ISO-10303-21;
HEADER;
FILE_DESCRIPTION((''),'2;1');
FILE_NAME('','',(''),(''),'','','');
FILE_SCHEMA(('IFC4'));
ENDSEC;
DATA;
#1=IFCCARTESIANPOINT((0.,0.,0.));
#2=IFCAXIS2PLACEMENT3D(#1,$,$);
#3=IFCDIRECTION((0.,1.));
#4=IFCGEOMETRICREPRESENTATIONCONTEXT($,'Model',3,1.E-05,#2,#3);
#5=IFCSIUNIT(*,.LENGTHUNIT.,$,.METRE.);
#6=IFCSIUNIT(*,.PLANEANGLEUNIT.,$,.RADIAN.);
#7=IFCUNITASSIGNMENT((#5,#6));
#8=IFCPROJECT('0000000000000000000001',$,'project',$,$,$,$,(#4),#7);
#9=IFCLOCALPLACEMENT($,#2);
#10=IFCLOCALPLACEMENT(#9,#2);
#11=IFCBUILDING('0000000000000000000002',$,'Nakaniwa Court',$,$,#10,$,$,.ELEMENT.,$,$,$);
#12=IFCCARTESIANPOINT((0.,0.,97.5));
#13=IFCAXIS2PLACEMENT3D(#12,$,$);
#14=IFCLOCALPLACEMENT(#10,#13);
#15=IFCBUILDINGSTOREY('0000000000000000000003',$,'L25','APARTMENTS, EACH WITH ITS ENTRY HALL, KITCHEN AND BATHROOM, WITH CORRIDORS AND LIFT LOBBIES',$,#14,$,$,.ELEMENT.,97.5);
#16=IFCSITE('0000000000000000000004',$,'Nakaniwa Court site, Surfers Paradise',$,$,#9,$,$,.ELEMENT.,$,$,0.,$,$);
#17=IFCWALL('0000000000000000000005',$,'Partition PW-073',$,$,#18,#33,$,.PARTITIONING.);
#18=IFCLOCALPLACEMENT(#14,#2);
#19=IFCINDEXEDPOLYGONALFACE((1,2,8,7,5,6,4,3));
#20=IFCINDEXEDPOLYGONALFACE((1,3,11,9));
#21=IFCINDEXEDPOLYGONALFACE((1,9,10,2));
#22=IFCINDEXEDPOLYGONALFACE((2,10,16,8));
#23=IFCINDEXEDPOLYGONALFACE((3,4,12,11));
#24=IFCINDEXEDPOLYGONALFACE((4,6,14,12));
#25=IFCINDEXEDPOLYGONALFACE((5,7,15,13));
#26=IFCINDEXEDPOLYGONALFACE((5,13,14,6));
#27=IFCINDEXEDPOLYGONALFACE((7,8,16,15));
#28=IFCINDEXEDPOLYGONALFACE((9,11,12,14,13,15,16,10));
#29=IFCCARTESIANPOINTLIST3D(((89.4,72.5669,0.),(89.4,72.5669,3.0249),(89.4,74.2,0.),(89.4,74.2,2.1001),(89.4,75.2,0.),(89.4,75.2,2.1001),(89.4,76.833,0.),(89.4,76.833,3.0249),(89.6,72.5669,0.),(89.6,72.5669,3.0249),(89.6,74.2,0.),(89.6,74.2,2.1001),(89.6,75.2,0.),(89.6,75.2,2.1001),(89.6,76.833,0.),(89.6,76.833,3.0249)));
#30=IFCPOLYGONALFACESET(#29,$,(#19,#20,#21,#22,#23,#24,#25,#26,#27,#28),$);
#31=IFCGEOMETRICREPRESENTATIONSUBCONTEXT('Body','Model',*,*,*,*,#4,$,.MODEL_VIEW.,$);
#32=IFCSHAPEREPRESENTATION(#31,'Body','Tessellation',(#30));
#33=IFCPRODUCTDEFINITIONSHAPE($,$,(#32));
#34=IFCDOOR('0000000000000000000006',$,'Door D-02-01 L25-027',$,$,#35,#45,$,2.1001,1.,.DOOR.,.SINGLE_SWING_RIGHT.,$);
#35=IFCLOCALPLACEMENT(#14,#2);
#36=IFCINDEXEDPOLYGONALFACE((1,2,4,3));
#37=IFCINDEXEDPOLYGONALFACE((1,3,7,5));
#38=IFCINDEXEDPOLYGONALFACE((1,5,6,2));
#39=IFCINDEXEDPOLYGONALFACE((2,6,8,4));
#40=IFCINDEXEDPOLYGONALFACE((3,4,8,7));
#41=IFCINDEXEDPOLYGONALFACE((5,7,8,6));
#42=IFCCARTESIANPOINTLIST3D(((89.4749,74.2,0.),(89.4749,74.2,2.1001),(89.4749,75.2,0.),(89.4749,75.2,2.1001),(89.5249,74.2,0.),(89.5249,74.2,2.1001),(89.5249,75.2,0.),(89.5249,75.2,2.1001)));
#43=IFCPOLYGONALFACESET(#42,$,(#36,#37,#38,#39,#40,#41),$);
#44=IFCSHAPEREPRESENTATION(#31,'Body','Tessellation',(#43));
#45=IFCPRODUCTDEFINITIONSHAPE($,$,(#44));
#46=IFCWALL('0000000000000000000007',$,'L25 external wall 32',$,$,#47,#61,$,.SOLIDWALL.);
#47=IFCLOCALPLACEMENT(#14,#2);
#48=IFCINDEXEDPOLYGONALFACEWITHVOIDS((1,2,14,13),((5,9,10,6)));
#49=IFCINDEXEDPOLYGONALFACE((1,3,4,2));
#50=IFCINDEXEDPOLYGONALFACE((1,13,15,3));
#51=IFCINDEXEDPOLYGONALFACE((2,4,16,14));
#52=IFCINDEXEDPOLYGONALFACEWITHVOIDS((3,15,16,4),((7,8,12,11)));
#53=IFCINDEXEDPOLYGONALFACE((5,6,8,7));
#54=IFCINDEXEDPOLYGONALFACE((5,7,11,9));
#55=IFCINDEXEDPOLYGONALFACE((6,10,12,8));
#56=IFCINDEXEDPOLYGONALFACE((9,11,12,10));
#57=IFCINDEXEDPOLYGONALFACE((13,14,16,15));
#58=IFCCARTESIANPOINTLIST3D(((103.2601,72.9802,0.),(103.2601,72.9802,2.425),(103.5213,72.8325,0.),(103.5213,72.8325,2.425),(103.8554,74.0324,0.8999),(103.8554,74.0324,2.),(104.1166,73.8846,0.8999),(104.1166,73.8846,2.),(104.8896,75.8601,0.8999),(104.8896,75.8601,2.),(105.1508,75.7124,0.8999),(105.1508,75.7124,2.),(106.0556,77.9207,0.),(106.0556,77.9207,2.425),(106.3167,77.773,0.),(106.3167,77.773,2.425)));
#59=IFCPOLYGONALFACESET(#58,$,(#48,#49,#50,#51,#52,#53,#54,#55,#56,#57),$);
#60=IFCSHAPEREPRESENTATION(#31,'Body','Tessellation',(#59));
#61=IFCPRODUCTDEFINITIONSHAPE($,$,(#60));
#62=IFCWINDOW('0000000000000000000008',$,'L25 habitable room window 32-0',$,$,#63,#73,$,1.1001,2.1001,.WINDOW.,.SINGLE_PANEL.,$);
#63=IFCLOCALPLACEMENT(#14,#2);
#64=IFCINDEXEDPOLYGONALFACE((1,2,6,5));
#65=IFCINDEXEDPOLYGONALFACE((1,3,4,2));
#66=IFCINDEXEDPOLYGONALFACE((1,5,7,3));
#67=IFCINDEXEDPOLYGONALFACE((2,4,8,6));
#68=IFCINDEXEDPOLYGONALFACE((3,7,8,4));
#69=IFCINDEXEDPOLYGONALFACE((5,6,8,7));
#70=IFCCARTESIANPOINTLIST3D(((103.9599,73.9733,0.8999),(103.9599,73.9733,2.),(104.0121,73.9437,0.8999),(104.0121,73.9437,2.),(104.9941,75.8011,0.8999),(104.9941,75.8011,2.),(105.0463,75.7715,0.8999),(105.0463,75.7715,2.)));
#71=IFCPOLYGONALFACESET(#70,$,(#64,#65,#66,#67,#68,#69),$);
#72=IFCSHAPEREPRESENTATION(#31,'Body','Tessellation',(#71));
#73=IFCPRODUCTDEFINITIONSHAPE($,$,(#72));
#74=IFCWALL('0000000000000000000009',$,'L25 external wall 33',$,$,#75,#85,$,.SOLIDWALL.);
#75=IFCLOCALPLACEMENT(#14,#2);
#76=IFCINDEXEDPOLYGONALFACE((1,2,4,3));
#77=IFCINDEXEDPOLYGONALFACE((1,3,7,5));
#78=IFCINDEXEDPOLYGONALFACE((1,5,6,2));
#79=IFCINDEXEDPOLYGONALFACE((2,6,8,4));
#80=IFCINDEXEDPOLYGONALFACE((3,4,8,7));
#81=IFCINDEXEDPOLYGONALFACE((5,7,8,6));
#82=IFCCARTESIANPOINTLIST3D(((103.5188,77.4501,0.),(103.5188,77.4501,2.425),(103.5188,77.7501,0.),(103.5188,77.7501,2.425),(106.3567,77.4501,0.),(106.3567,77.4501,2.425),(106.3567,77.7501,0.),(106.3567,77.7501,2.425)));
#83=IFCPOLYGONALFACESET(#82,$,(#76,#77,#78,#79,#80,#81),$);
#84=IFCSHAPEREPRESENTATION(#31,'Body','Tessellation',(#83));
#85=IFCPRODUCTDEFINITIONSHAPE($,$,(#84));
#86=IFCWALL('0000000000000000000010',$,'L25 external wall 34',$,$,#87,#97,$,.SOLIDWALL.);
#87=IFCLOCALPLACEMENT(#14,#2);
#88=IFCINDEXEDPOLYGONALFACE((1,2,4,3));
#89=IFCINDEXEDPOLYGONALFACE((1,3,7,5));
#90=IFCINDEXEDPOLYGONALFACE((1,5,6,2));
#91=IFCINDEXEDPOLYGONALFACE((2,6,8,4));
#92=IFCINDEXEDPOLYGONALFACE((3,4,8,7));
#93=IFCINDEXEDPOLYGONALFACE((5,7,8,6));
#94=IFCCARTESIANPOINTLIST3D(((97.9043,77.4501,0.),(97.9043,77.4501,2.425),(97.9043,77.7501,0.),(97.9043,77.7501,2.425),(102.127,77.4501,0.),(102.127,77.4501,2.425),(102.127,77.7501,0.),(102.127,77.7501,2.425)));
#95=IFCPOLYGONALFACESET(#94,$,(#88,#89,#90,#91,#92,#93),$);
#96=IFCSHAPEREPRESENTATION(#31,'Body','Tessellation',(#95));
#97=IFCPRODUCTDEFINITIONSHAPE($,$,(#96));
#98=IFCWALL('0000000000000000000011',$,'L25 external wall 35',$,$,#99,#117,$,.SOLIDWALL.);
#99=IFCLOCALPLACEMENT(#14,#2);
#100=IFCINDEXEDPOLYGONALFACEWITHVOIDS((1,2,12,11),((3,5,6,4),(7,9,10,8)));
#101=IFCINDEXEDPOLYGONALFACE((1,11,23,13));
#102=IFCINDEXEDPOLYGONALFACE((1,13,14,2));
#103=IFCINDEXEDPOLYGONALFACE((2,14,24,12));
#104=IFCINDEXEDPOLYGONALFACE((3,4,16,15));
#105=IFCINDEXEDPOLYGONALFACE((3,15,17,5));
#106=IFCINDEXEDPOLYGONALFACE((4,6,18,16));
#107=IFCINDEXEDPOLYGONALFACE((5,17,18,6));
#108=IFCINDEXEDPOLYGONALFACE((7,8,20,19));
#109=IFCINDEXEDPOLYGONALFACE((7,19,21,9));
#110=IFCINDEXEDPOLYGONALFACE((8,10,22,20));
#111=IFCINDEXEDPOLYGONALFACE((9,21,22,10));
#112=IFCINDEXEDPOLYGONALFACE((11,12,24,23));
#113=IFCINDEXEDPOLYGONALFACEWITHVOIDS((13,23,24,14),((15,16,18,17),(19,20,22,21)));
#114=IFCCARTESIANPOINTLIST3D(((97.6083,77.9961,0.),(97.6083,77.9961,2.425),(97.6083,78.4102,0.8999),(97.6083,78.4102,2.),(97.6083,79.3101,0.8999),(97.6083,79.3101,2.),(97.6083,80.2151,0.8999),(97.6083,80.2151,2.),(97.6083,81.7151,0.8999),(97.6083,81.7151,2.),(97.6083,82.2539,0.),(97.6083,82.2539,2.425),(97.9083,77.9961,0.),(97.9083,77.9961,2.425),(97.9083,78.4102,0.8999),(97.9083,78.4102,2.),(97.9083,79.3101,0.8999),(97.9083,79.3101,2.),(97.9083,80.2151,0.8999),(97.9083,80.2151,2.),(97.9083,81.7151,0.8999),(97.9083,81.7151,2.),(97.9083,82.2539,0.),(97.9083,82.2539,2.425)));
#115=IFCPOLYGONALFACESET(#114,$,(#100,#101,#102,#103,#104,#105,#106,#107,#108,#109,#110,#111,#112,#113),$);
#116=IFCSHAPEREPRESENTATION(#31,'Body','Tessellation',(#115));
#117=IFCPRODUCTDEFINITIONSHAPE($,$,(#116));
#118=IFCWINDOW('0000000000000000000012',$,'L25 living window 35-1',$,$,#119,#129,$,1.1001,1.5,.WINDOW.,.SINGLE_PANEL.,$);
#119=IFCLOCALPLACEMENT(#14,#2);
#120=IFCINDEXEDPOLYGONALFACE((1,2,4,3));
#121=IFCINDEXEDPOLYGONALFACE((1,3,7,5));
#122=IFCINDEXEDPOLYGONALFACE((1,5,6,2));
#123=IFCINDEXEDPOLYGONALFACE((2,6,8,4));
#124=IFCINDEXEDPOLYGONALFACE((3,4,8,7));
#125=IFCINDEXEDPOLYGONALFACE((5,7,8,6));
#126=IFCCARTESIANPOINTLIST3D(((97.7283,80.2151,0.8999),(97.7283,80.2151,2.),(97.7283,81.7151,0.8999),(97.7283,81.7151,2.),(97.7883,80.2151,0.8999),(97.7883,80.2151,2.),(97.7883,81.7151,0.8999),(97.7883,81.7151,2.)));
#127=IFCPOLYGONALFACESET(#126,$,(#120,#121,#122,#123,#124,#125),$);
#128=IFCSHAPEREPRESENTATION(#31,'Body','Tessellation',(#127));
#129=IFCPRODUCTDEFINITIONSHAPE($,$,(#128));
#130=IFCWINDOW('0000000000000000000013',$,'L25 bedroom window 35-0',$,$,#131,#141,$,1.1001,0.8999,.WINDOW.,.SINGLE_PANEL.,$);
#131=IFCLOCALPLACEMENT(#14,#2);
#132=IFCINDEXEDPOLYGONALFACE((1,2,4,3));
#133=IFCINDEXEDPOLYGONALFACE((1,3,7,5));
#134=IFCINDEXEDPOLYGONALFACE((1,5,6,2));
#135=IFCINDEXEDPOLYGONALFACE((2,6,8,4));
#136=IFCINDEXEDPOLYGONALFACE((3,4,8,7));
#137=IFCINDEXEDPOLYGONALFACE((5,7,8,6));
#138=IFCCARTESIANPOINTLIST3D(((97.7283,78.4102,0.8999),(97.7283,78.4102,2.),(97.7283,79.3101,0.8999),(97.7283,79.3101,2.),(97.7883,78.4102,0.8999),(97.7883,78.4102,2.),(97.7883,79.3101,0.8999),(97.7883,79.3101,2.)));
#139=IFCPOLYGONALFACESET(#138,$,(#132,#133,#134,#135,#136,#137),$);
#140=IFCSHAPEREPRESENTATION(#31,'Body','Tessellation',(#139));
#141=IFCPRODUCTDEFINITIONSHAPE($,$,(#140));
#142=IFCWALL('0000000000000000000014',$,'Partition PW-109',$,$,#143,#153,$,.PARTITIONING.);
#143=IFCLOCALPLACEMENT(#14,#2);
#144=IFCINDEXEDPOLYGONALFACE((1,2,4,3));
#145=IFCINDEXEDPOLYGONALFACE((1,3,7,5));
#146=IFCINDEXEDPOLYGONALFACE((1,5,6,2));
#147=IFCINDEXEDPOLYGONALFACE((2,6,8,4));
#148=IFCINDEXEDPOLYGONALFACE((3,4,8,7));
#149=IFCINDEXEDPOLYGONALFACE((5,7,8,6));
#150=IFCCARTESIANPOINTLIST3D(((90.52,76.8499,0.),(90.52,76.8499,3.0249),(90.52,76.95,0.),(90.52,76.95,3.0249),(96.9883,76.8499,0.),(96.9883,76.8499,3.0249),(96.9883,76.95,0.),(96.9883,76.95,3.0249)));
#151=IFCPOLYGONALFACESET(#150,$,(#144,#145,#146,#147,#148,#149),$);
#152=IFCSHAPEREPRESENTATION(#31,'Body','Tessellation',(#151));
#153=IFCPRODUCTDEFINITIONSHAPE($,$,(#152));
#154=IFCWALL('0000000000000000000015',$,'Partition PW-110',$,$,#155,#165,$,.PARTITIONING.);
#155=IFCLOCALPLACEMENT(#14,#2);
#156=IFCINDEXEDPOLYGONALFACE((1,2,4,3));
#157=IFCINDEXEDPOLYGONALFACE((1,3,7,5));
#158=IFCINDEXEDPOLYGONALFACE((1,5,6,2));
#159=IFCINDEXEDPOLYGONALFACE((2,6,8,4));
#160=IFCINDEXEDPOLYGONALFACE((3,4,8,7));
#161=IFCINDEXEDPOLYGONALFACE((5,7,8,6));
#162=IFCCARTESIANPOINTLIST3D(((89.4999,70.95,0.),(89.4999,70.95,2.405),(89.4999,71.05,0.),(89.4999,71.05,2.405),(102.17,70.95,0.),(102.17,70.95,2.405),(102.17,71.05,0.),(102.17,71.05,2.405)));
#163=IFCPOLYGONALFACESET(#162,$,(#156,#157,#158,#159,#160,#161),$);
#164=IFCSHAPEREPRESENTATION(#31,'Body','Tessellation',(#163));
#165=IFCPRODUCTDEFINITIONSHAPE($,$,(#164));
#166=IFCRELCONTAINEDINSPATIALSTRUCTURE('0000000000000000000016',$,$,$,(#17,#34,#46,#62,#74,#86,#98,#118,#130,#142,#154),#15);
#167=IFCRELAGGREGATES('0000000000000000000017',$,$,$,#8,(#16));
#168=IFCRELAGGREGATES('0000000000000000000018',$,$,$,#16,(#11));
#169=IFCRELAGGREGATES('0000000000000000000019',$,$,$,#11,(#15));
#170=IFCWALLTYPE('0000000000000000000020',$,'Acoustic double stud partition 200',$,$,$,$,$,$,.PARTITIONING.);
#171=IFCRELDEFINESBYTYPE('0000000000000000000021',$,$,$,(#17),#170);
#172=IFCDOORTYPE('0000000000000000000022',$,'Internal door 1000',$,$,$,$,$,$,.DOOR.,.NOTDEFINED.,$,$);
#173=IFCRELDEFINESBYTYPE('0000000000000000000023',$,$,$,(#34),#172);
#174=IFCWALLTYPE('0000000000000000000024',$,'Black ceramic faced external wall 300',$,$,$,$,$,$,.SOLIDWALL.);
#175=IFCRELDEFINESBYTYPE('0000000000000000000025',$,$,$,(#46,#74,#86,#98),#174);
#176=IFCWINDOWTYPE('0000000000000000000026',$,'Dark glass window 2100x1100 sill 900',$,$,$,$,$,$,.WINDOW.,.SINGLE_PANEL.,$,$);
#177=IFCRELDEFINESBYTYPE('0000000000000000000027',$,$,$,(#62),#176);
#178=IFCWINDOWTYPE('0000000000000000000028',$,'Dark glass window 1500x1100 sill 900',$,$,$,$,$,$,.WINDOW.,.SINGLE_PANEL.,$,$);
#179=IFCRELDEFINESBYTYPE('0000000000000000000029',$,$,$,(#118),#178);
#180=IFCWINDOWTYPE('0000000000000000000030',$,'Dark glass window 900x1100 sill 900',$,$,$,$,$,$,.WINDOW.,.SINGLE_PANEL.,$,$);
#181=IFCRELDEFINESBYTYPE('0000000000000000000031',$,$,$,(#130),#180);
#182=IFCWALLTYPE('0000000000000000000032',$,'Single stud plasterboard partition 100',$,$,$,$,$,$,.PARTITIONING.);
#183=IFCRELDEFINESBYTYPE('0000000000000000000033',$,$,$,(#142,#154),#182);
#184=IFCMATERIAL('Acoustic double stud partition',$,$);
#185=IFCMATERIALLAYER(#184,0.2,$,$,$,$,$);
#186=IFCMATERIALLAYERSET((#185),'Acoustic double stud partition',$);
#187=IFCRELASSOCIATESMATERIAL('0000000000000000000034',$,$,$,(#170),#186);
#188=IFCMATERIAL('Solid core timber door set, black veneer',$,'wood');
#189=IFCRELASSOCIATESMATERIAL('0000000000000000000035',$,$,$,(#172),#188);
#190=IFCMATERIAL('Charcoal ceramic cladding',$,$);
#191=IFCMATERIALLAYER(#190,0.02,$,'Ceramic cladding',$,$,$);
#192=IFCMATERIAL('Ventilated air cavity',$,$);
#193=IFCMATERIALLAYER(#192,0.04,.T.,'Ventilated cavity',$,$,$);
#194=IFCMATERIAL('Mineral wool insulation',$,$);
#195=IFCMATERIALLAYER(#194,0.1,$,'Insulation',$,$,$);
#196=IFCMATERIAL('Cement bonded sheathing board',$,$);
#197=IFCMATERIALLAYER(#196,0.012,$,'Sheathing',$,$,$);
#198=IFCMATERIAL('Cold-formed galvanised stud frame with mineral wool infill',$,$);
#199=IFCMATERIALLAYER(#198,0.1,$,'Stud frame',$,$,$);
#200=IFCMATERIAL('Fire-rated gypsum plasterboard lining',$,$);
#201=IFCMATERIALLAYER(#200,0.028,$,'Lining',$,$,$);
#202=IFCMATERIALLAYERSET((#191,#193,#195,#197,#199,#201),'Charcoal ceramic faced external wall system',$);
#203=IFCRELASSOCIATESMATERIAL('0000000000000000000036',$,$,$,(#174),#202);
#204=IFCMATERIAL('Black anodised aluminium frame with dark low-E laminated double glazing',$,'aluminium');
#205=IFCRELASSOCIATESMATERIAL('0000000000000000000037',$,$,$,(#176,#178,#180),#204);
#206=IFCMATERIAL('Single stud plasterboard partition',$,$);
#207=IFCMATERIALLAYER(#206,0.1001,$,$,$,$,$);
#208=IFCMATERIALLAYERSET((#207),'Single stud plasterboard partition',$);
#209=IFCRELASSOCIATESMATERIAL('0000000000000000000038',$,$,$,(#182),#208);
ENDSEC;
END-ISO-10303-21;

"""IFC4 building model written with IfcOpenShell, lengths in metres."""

from ifc_helpers import new_model, si_unit, direction, frame, frame_2d, origin, place, context, subcontext, project, spatial, rectangle, extrude, material, layer, layer_set, type_object, element, fill, save


model = new_model("IFC4")

# Units and contexts
model_context = context("Model", 3, precision=1e-05, world=origin(), true_north=direction((0.0, 1.0)))
body_context = subcontext(model_context, "Body", "Model", "MODEL_VIEW")
ifc_project = project(units=[si_unit("LENGTHUNIT", "METRE"), si_unit("PLANEANGLEUNIT", "RADIAN")], contexts=[model_context])

# Site, building, storey
site_placement = place(None, origin())
site = spatial("IfcSite", under=ifc_project, at=site_placement, Name="Nakaniwa Court site, Surfers Paradise", CompositionType="ELEMENT", RefElevation=0.0)
building_placement = place(site_placement, origin())
building = spatial("IfcBuilding", under=site, at=building_placement, Name="Nakaniwa Court", CompositionType="ELEMENT")
storey_placement = place(building_placement, frame((0.0, 0.0, 97.5)))
storey = spatial("IfcBuildingStorey", under=building, at=storey_placement, Name="L25", Description="APARTMENTS, EACH WITH ITS ENTRY HALL, KITCHEN AND BATHROOM, WITH CORRIDORS AND LIFT LOBBIES", CompositionType="ELEMENT", Elevation=97.5)

# Wall, opening, door
ifc_material_1 = material(Name="Acoustic double stud partition")
ifc_layer_1 = layer(ifc_material_1, 0.2)
ifc_layer_set_1 = layer_set([ifc_layer_1], Name="Acoustic double stud partition")
wall_type_1 = type_object("IfcWallType", Name="Acoustic double stud partition 200", PredefinedType="PARTITIONING", material=ifc_layer_set_1)
ifc_material_2 = material(Name="Solid core timber door set, black veneer", Category="wood")
door_type_1 = type_object("IfcDoorType", Name="Internal door 1000", OperationType="NOTDEFINED", PredefinedType="DOOR", material=ifc_material_2)
wall_1_placement = place(storey_placement, frame((89.5, 76.833, 0.0), z_axis=(0.0, 0.0, 1.0), x_axis=(0.0, -1.0, 0.0)))
wall_1 = element("IfcWall", 1, at=wall_1_placement, inside=storey, type_object=wall_type_1, Name="Partition PW-073", PredefinedType="PARTITIONING", context=body_context, shape_type="SweptSolid", body=[
    extrude(rectangle(XDim=4.2661, YDim=0.2, at=frame_2d((2.1331, 0.0))), origin(), (0.0, 0.0, 1.0), 3.0249),
])
opening_1_placement = place(wall_1_placement, frame((1.6331, 0.0, 0.0)))
opening_1 = element("IfcOpeningElement", 2, at=opening_1_placement, cuts=wall_1, PredefinedType="OPENING", context=body_context, shape_type="SweptSolid", body=[
    extrude(rectangle(XDim=1.0, YDim=2.1001, at=frame_2d((0.5, 1.05))), frame((0.0, 0.1099, 0.0), z_axis=(0.0, -1.0, 0.0), x_axis=(1.0, 0.0, 0.0)), (0.0, 0.0, 1.0), 0.22),
])
door_1_placement = place(opening_1_placement, origin())
door_1 = element("IfcDoor", 3, at=door_1_placement, inside=storey, type_object=door_type_1, Name="Door D-02-01 L25-027", OperationType="SINGLE_SWING_RIGHT", OverallHeight=2.1001, OverallWidth=1.0, PredefinedType="DOOR", context=body_context, shape_type="SweptSolid", body=[
    extrude(rectangle(XDim=1.0, YDim=2.1001, at=frame_2d((0.5, 1.05))), frame((0.0, 0.0249, 0.0), z_axis=(0.0, -1.0, 0.0), x_axis=(1.0, 0.0, 0.0)), (0.0, 0.0, 1.0), 0.05),
])
fill(opening_1, door_1)

# Wall, opening, window
ifc_material_3 = material(Name="Charcoal ceramic cladding")
ifc_layer_2 = layer(ifc_material_3, 0.02, Name="Ceramic cladding")
ifc_material_4 = material(Name="Ventilated air cavity")
ifc_layer_3 = layer(ifc_material_4, 0.04, ventilated=True, Name="Ventilated cavity")
ifc_material_5 = material(Name="Mineral wool insulation")
ifc_layer_4 = layer(ifc_material_5, 0.1, Name="Insulation")
ifc_material_6 = material(Name="Cement bonded sheathing board")
ifc_layer_5 = layer(ifc_material_6, 0.012, Name="Sheathing")
ifc_material_7 = material(Name="Cold-formed galvanised stud frame with mineral wool infill")
ifc_layer_6 = layer(ifc_material_7, 0.1, Name="Stud frame")
ifc_material_8 = material(Name="Fire-rated gypsum plasterboard lining")
ifc_layer_7 = layer(ifc_material_8, 0.028, Name="Lining")
ifc_layer_set_2 = layer_set([ifc_layer_2, ifc_layer_3, ifc_layer_4, ifc_layer_5, ifc_layer_6, ifc_layer_7], Name="Charcoal ceramic faced external wall system")
wall_type_2 = type_object("IfcWallType", Name="Black ceramic faced external wall 300", PredefinedType="SOLIDWALL", material=ifc_layer_set_2)
wall_2_placement = place(storey_placement, frame((103.3906, 72.9062, 0.0), z_axis=(0.0, 0.0, 1.0), x_axis=(0.492457, 0.870337, 0.0)))
wall_2 = element("IfcWall", 4, at=wall_2_placement, inside=storey, type_object=wall_type_2, Name="L25 external wall 32", PredefinedType="SOLIDWALL", context=body_context, shape_type="SweptSolid", body=[
    extrude(rectangle(XDim=5.6765, YDim=0.3, at=frame_2d((2.8384, 0.0))), origin(), (0.0, 0.0, 1.0), 2.425),
])
opening_2_placement = place(wall_2_placement, frame((1.209, 0.0, 0.8999)))
opening_2 = element("IfcOpeningElement", 5, at=opening_2_placement, cuts=wall_2, PredefinedType="OPENING", context=body_context, shape_type="SweptSolid", body=[
    extrude(rectangle(XDim=2.1001, YDim=1.1001, at=frame_2d((1.05, 0.55))), frame((0.0, 0.1599, 0.0), z_axis=(0.0, -1.0, 0.0), x_axis=(1.0, 0.0, 0.0)), (0.0, 0.0, 1.0), 0.3201),
])
ifc_material_9 = material(Name="Black anodised aluminium frame with dark low-E laminated double glazing", Category="aluminium")
window_type_1 = type_object("IfcWindowType", Name="Dark glass window 2100x1100 sill 900", PartitioningType="SINGLE_PANEL", PredefinedType="WINDOW", material=ifc_material_9)
window_1_placement = place(opening_2_placement, origin())
window_1 = element("IfcWindow", 6, at=window_1_placement, inside=storey, type_object=window_type_1, Name="L25 habitable room window 32-0", OverallHeight=1.1001, OverallWidth=2.1001, PartitioningType="SINGLE_PANEL", PredefinedType="WINDOW", context=body_context, shape_type="SweptSolid", body=[
    extrude(rectangle(XDim=2.1001, YDim=1.1001, at=frame_2d((1.05, 0.55))), frame((0.0, 0.03, 0.0), z_axis=(0.0, -1.0, 0.0), x_axis=(1.0, 0.0, 0.0)), (0.0, 0.0, 1.0), 0.0601),
])
fill(opening_2, window_1)

# Walls
wall_3_placement = place(storey_placement, frame((106.3567, 77.6001, 0.0), z_axis=(0.0, 0.0, 1.0), x_axis=(-1.0, 0.0, 0.0)))
element("IfcWall", 7, at=wall_3_placement, inside=storey, type_object=wall_type_2, Name="L25 external wall 33", PredefinedType="SOLIDWALL", context=body_context, shape_type="SweptSolid", body=[
    extrude(rectangle(XDim=2.8379, YDim=0.3, at=frame_2d((1.4189, 0.0))), origin(), (0.0, 0.0, 1.0), 2.425),
])
wall_4_placement = place(storey_placement, frame((102.127, 77.6001, 0.0), z_axis=(0.0, 0.0, 1.0), x_axis=(-1.0, 0.0, 0.0)))
element("IfcWall", 8, at=wall_4_placement, inside=storey, type_object=wall_type_2, Name="L25 external wall 34", PredefinedType="SOLIDWALL", context=body_context, shape_type="SweptSolid", body=[
    extrude(rectangle(XDim=4.2227, YDim=0.3, at=frame_2d((2.1113, 0.0))), origin(), (0.0, 0.0, 1.0), 2.425),
])

# Wall, openings, windows
wall_5_placement = place(storey_placement, frame((97.7583, 77.9961, 0.0), z_axis=(0.0, 0.0, 1.0), x_axis=(0.0, 1.0, 0.0)))
wall_5 = element("IfcWall", 9, at=wall_5_placement, inside=storey, type_object=wall_type_2, Name="L25 external wall 35", PredefinedType="SOLIDWALL", context=body_context, shape_type="SweptSolid", body=[
    extrude(rectangle(XDim=4.2578, YDim=0.3, at=frame_2d((2.1289, 0.0))), origin(), (0.0, 0.0, 1.0), 2.425),
])
opening_3_placement = place(wall_5_placement, frame((0.4141, 0.0, 0.8999)))
opening_3 = element("IfcOpeningElement", 10, at=opening_3_placement, cuts=wall_5, PredefinedType="OPENING", context=body_context, shape_type="SweptSolid", body=[
    extrude(rectangle(XDim=0.8999, YDim=1.1001, at=frame_2d((0.45, 0.55))), frame((0.0, 0.1599, 0.0), z_axis=(0.0, -1.0, 0.0), x_axis=(1.0, 0.0, 0.0)), (0.0, 0.0, 1.0), 0.3201),
])
opening_4_placement = place(wall_5_placement, frame((2.219, 0.0, 0.8999)))
opening_4 = element("IfcOpeningElement", 11, at=opening_4_placement, cuts=wall_5, PredefinedType="OPENING", context=body_context, shape_type="SweptSolid", body=[
    extrude(rectangle(XDim=1.5, YDim=1.1001, at=frame_2d((0.75, 0.55))), frame((0.0, 0.1599, 0.0), z_axis=(0.0, -1.0, 0.0), x_axis=(1.0, 0.0, 0.0)), (0.0, 0.0, 1.0), 0.3201),
])
window_type_2 = type_object("IfcWindowType", Name="Dark glass window 1500x1100 sill 900", PartitioningType="SINGLE_PANEL", PredefinedType="WINDOW", material=ifc_material_9)
window_2_placement = place(opening_4_placement, origin())
window_2 = element("IfcWindow", 12, at=window_2_placement, inside=storey, type_object=window_type_2, Name="L25 living window 35-1", OverallHeight=1.1001, OverallWidth=1.5, PartitioningType="SINGLE_PANEL", PredefinedType="WINDOW", context=body_context, shape_type="SweptSolid", body=[
    extrude(rectangle(XDim=1.5, YDim=1.1001, at=frame_2d((0.75, 0.55))), frame((0.0, 0.03, 0.0), z_axis=(0.0, -1.0, 0.0), x_axis=(1.0, 0.0, 0.0)), (0.0, 0.0, 1.0), 0.0601),
])
fill(opening_4, window_2)
window_type_3 = type_object("IfcWindowType", Name="Dark glass window 900x1100 sill 900", PartitioningType="SINGLE_PANEL", PredefinedType="WINDOW", material=ifc_material_9)
window_3_placement = place(opening_3_placement, origin())
window_3 = element("IfcWindow", 13, at=window_3_placement, inside=storey, type_object=window_type_3, Name="L25 bedroom window 35-0", OverallHeight=1.1001, OverallWidth=0.8999, PartitioningType="SINGLE_PANEL", PredefinedType="WINDOW", context=body_context, shape_type="SweptSolid", body=[
    extrude(rectangle(XDim=0.8999, YDim=1.1001, at=frame_2d((0.45, 0.55))), frame((0.0, 0.03, 0.0), z_axis=(0.0, -1.0, 0.0), x_axis=(1.0, 0.0, 0.0)), (0.0, 0.0, 1.0), 0.0601),
])
fill(opening_3, window_3)

# Walls
ifc_material_10 = material(Name="Single stud plasterboard partition")
ifc_layer_8 = layer(ifc_material_10, 0.1001)
ifc_layer_set_3 = layer_set([ifc_layer_8], Name="Single stud plasterboard partition")
wall_type_3 = type_object("IfcWallType", Name="Single stud plasterboard partition 100", PredefinedType="PARTITIONING", material=ifc_layer_set_3)
wall_6_placement = place(storey_placement, frame((90.52, 76.8999, 0.0), z_axis=(0.0, 0.0, 1.0), x_axis=(1.0, 0.0, 0.0)))
element("IfcWall", 14, at=wall_6_placement, inside=storey, type_object=wall_type_3, Name="Partition PW-109", PredefinedType="PARTITIONING", context=body_context, shape_type="SweptSolid", body=[
    extrude(rectangle(XDim=6.4683, YDim=0.1001, at=frame_2d((3.2341, 0.0))), origin(), (0.0, 0.0, 1.0), 3.0249),
])
wall_7_placement = place(storey_placement, frame((89.5, 71.0, 0.0), z_axis=(0.0, 0.0, 1.0), x_axis=(1.0, 0.0, 0.0)))
element("IfcWall", 15, at=wall_7_placement, inside=storey, type_object=wall_type_3, Name="Partition PW-110", PredefinedType="PARTITIONING", context=body_context, shape_type="SweptSolid", body=[
    extrude(rectangle(XDim=12.6702, YDim=0.1001, at=frame_2d((6.335, 0.0))), origin(), (0.0, 0.0, 1.0), 2.405),
])

save(model, "model.ifc")
